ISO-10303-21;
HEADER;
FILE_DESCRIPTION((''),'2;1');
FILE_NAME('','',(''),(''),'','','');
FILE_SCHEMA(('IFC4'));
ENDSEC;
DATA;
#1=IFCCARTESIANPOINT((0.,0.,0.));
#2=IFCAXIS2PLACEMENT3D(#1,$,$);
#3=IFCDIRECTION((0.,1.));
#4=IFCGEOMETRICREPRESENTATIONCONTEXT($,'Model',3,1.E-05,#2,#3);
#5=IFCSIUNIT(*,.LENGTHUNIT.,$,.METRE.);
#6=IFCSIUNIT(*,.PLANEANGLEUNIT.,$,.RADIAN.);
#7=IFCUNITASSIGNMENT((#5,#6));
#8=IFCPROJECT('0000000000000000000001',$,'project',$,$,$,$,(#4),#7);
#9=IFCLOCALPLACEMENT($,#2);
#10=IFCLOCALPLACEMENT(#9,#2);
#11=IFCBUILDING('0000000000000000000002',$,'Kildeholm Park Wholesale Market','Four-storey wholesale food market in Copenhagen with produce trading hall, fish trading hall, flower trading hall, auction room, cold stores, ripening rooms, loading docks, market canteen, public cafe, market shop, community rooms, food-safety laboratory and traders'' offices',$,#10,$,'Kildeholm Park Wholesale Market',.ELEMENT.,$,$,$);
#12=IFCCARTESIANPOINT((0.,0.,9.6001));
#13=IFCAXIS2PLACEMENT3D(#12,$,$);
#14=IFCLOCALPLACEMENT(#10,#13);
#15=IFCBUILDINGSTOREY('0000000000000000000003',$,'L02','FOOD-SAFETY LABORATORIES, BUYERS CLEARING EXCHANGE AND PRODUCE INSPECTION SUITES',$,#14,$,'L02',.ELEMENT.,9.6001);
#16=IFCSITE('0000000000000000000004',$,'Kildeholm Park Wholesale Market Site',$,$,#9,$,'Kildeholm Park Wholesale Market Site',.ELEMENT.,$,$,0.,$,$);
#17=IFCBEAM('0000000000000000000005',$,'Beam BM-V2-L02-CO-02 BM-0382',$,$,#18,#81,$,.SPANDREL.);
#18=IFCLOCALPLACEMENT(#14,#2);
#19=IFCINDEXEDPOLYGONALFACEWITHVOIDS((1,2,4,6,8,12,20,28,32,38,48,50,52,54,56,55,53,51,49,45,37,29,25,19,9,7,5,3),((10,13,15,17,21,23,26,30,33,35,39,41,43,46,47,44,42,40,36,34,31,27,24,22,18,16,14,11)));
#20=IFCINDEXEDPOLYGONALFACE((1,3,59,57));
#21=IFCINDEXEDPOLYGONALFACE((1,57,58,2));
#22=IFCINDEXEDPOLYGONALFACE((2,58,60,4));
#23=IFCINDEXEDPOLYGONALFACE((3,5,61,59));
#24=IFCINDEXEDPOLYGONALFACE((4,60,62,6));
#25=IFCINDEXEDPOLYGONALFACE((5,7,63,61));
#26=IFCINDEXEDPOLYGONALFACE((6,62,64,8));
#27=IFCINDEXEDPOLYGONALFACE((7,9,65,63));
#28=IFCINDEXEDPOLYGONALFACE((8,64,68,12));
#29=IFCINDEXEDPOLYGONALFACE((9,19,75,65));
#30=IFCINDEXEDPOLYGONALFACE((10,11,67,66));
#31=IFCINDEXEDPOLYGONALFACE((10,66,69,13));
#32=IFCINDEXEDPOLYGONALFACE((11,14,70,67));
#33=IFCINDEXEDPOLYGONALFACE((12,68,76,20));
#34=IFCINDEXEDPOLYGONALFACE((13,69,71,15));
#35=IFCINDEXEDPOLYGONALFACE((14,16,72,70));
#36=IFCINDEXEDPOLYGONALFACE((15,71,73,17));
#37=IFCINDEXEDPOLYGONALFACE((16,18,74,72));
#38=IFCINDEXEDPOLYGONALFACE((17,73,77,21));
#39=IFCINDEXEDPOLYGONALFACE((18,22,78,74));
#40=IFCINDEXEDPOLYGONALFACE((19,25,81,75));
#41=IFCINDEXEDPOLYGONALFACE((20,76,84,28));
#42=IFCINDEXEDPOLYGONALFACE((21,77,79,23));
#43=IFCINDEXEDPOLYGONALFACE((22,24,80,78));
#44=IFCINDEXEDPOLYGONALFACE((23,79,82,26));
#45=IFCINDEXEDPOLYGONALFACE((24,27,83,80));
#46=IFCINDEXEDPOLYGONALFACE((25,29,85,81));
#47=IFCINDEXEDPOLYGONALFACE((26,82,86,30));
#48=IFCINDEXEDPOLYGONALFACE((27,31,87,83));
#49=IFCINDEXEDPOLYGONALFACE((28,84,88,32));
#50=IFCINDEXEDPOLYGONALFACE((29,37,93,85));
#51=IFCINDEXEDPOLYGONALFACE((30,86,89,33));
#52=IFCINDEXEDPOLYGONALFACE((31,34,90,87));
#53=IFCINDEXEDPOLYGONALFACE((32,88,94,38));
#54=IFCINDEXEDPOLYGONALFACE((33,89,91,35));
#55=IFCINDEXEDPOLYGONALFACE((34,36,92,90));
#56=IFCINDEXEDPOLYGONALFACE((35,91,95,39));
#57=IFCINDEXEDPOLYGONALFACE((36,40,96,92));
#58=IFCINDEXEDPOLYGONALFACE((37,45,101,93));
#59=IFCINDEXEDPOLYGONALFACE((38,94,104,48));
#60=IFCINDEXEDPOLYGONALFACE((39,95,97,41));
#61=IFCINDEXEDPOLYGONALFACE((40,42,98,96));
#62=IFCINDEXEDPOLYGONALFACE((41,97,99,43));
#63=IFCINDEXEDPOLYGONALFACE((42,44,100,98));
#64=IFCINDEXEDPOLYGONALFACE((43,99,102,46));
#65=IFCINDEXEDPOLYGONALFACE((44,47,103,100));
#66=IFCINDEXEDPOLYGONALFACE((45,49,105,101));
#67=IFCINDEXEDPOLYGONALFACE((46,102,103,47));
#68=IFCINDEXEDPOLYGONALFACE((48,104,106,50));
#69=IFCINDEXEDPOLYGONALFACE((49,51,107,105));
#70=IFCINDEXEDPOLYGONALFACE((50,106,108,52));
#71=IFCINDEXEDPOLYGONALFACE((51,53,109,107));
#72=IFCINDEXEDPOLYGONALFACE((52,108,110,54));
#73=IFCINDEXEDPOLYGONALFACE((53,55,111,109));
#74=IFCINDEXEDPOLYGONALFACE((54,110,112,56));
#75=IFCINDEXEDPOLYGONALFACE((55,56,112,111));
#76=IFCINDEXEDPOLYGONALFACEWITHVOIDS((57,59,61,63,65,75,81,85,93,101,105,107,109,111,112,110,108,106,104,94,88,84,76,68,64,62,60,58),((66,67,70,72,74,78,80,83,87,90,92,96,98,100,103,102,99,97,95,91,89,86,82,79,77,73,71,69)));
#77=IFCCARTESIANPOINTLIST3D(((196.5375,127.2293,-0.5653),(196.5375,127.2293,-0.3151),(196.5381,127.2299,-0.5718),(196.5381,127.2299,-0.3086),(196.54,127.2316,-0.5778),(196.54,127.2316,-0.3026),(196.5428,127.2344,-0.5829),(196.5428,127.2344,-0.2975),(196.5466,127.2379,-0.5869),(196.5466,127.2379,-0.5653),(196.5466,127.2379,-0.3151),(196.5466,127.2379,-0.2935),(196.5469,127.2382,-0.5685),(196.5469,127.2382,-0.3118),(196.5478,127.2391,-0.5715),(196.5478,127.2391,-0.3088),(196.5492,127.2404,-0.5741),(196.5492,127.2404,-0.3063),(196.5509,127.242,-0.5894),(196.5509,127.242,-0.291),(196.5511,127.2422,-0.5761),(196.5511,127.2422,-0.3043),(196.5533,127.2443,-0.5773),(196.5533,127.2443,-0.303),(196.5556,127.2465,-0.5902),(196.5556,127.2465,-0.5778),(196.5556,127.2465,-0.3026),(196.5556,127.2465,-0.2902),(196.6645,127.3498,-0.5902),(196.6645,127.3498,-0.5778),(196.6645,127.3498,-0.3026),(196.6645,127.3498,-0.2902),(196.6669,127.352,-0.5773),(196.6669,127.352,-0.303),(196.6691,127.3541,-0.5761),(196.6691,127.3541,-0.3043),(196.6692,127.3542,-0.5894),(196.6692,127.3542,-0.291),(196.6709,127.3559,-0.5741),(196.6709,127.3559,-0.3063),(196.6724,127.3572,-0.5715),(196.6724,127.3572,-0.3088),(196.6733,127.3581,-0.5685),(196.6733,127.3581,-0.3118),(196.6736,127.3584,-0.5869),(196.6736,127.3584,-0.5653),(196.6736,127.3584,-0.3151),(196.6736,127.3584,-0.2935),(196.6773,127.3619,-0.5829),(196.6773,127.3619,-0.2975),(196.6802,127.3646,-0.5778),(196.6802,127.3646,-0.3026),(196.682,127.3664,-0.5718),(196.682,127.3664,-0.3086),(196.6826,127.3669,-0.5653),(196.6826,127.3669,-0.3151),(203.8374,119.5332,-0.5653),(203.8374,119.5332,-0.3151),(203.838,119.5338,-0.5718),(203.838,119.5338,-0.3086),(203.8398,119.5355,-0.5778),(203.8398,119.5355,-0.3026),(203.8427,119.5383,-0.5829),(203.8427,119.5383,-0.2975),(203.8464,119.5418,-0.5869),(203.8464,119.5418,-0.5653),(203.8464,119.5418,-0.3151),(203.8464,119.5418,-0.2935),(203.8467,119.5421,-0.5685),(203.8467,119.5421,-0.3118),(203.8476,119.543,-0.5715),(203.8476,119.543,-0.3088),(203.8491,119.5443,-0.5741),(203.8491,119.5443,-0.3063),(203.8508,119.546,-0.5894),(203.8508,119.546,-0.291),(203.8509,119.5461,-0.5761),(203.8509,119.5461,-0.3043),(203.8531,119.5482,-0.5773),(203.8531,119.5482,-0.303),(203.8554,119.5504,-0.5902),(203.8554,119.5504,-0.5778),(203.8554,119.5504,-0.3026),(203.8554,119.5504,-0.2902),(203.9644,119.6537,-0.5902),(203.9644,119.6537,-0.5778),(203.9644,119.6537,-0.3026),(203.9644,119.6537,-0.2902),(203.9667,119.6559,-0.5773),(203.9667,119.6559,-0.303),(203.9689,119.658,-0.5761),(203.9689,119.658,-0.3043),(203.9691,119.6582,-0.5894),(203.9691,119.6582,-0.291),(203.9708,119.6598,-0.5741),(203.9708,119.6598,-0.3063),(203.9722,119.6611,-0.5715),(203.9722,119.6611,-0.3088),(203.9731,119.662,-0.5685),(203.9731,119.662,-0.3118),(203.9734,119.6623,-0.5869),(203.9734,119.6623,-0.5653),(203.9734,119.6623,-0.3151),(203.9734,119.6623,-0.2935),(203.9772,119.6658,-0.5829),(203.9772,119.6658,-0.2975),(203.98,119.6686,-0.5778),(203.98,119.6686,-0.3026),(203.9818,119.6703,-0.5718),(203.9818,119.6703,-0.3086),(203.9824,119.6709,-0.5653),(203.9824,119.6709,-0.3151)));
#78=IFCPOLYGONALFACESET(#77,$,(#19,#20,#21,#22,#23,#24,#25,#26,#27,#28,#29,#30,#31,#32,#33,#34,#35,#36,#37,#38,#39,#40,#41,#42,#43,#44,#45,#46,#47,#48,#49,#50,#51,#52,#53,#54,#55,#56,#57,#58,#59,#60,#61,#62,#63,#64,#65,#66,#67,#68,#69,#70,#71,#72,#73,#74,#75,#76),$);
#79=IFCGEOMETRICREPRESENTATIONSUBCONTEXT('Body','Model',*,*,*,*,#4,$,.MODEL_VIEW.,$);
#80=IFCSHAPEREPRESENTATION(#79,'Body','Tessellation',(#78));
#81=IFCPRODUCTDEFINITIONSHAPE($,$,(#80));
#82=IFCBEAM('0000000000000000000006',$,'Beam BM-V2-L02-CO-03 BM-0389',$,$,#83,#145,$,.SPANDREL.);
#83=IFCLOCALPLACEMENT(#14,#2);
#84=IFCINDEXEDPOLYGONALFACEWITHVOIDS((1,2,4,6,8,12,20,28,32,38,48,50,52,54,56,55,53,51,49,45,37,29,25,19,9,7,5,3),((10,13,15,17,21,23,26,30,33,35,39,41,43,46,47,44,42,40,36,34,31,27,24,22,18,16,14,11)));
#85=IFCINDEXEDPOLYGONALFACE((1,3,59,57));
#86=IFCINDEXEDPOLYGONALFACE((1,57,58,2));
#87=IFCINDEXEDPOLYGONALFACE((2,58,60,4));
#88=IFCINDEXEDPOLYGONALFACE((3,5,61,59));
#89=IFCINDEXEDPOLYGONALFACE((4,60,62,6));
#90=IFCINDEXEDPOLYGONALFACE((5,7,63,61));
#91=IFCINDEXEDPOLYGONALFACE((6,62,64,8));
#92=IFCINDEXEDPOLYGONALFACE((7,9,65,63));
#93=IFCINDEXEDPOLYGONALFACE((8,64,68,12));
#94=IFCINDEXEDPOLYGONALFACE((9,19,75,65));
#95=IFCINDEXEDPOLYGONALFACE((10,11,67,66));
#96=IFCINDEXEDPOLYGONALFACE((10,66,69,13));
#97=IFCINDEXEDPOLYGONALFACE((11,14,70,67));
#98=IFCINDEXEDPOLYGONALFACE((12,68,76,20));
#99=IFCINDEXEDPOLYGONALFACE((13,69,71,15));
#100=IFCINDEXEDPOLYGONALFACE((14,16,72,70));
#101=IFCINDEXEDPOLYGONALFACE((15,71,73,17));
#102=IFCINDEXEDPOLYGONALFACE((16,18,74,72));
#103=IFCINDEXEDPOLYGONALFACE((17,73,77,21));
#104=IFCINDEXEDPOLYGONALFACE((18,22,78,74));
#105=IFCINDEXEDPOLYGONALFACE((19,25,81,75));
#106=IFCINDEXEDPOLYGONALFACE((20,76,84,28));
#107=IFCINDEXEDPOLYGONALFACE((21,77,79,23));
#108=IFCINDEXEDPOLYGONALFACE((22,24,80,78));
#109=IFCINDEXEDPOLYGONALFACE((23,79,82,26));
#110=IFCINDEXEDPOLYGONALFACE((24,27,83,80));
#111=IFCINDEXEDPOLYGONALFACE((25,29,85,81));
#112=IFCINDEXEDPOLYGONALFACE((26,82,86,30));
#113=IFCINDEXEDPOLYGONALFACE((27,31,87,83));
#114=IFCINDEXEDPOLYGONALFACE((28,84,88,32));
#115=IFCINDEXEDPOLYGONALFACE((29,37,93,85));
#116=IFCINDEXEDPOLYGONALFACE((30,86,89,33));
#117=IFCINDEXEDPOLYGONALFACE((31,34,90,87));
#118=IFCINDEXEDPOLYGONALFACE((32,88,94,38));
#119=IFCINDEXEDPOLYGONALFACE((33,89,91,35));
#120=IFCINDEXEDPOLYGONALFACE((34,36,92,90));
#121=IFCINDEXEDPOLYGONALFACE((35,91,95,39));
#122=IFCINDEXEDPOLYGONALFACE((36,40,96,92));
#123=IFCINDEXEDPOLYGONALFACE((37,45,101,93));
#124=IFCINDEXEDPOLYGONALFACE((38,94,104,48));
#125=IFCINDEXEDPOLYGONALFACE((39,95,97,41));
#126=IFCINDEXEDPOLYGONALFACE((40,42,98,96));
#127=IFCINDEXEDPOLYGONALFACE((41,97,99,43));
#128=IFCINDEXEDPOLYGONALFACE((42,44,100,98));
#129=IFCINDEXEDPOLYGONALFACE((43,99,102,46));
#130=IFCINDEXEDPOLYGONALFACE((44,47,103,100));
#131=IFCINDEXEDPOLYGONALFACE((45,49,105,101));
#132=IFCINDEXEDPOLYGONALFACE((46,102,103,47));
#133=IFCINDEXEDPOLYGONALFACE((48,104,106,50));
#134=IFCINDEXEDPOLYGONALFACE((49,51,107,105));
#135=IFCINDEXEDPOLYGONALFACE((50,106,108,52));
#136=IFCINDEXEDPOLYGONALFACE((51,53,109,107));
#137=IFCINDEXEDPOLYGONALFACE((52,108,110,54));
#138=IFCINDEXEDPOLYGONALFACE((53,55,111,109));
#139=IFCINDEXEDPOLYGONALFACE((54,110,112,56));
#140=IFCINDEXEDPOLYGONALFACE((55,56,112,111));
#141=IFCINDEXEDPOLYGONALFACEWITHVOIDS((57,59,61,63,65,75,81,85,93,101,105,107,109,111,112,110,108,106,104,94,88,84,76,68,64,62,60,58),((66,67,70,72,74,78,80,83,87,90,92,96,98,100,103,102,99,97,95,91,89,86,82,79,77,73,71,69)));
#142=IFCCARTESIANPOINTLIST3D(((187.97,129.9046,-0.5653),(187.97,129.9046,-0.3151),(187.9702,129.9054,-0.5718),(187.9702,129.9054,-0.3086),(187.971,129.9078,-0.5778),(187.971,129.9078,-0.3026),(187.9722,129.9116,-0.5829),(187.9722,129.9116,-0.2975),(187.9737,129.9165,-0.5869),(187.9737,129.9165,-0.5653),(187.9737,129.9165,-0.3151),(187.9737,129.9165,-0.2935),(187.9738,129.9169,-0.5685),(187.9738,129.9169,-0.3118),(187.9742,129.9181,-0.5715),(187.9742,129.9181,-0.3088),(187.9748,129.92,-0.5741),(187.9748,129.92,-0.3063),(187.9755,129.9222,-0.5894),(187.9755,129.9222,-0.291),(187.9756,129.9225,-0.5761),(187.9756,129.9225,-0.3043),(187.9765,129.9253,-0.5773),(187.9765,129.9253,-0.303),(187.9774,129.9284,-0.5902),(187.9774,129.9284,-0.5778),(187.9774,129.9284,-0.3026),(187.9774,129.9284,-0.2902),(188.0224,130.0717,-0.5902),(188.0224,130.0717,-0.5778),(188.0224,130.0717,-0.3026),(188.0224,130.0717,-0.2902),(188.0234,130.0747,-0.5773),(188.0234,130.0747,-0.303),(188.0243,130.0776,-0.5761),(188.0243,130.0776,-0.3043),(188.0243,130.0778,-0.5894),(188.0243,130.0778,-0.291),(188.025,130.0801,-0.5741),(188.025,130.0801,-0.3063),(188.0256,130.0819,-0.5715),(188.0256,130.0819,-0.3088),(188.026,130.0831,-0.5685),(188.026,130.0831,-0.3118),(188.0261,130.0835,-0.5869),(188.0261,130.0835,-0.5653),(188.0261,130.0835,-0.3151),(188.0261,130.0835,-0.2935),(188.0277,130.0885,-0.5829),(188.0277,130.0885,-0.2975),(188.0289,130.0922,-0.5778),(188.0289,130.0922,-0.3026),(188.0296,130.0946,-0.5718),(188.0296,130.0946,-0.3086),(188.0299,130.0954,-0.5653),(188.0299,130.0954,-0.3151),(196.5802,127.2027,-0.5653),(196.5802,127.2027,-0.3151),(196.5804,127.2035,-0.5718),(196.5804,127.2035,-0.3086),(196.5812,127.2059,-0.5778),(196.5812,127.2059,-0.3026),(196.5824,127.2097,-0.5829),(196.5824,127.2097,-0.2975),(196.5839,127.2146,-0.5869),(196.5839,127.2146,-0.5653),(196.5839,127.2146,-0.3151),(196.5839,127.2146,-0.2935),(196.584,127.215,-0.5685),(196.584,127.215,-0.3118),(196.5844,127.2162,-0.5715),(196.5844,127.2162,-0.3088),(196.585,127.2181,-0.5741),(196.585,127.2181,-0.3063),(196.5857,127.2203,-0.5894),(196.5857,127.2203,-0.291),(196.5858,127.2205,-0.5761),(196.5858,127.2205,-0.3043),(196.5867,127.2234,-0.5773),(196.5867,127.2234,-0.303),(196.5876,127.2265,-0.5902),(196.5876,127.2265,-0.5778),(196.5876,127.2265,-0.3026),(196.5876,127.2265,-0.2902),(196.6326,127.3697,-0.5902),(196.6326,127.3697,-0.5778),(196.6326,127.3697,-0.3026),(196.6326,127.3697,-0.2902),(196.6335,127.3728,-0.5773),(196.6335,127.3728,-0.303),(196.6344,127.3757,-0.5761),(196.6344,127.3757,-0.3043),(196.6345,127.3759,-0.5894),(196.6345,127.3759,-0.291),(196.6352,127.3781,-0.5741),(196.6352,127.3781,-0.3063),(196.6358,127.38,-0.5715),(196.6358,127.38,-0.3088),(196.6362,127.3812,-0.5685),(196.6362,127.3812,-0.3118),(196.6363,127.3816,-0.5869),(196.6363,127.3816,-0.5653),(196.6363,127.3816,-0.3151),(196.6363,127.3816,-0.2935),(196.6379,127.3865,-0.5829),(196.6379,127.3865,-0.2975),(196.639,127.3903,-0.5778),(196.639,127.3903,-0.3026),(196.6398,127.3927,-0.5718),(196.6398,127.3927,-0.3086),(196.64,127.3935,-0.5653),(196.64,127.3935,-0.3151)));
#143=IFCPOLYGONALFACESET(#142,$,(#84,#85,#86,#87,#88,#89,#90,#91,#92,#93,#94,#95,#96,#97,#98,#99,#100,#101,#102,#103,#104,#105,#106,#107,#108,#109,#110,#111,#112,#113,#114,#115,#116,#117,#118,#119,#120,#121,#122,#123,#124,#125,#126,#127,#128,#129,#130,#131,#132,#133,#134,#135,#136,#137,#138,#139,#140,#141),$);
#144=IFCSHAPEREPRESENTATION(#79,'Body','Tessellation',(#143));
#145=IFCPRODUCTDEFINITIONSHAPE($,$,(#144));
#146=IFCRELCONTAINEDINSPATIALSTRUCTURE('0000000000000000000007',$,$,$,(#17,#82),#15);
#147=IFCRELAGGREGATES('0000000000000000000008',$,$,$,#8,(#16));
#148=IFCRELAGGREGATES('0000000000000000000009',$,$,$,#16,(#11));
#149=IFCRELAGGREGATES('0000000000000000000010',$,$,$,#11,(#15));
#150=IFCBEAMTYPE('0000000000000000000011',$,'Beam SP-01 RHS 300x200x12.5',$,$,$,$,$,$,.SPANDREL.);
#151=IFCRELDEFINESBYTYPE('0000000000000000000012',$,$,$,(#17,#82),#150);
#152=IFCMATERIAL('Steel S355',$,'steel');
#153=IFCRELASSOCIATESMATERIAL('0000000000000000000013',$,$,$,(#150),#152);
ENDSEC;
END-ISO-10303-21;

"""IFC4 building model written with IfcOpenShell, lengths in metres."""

from ifc_helpers import new_model, si_unit, direction, frame, origin, origin_2d, place, context, subcontext, project, spatial, hollow_rectangle, extrude, material, material_profile, profile_set, type_object, element, save


model = new_model("IFC4")

# Units and contexts
model_context = context("Model", 3, precision=1e-05, world=origin(), true_north=direction((0.0, 1.0)))
body_context = subcontext(model_context, "Body", "Model", "MODEL_VIEW")
ifc_project = project(units=[si_unit("LENGTHUNIT", "METRE"), si_unit("PLANEANGLEUNIT", "RADIAN")], contexts=[model_context])

# Site, building, storey
site_placement = place(None, origin())
site = spatial("IfcSite", under=ifc_project, at=site_placement, Name="Kildeholm Park Wholesale Market Site", LongName="Kildeholm Park Wholesale Market Site", CompositionType="ELEMENT", RefElevation=0.0)
building_placement = place(site_placement, origin())
building = spatial("IfcBuilding", under=site, at=building_placement, Name="Kildeholm Park Wholesale Market", Description="Four-storey wholesale food market in Copenhagen with produce trading hall, fish trading hall, flower trading hall, auction room, cold stores, ripening rooms, loading docks, market canteen, public cafe, market shop, community rooms, food-safety laboratory and traders' offices", LongName="Kildeholm Park Wholesale Market", CompositionType="ELEMENT")
storey_placement = place(building_placement, frame((0.0, 0.0, 9.6001)))
storey = spatial("IfcBuildingStorey", under=building, at=storey_placement, Name="L02", Description="FOOD-SAFETY LABORATORIES, BUYERS CLEARING EXCHANGE AND PRODUCE INSPECTION SUITES", LongName="L02", CompositionType="ELEMENT", Elevation=9.6001)

# Shared definitions
ifc_material_1 = material(Name="Steel S355", Category="steel")

# Beams
ifc_material_profile_1 = material_profile(ifc_material_1, hollow_rectangle(XDim=0.2, YDim=0.3, WallThickness=0.0125, InnerFilletRadius=0.0125, OuterFilletRadius=0.0249, at=origin_2d()), Name="RHS 300x200x12.5")
ifc_profile_set_1 = profile_set([ifc_material_profile_1], Name="Steel S355")
beam_type_1 = type_object("IfcBeamType", Name="Beam SP-01 RHS 300x200x12.5", PredefinedType="SPANDREL", material=ifc_profile_set_1)
beam_1_placement = place(storey_placement, frame((203.9099, 119.6021, -0.4402), z_axis=(-0.688182, 0.725538, 0.0), x_axis=(-0.725538, -0.688182, 0.0)))
element("IfcBeam", 1, at=beam_1_placement, inside=storey, type_object=beam_type_1, Name="Beam BM-V2-L02-CO-02 BM-0382", PredefinedType="SPANDREL", context=body_context, shape_type="SweptSolid", body=[
    extrude(hollow_rectangle(XDim=0.2, YDim=0.3, WallThickness=0.0125, InnerFilletRadius=0.0125, OuterFilletRadius=0.0249, at=origin_2d()), origin(), (0.0, 0.0, 1.0), 10.6074),
])
for number, where, z_axis, x_axis, name in (
    (2, (196.6101, 127.2981, -0.4402), (-0.954125, 0.29941, 0.0), (-0.29941, -0.954125, 0.0), "Beam BM-V2-L02-CO-03 BM-0389"),
):
    element("IfcBeam", number, at=place(storey_placement, frame(where, z_axis=z_axis, x_axis=x_axis)), inside=storey, type_object=beam_type_1, Name=name, PredefinedType="SPANDREL", context=body_context, shape_type="SweptSolid", body=[
        extrude(hollow_rectangle(XDim=0.2, YDim=0.3, WallThickness=0.0125, InnerFilletRadius=0.0125, OuterFilletRadius=0.0249, at=origin_2d()), origin(), (0.0, 0.0, 1.0), 9.0242),
    ])

save(model, "model.ifc")
